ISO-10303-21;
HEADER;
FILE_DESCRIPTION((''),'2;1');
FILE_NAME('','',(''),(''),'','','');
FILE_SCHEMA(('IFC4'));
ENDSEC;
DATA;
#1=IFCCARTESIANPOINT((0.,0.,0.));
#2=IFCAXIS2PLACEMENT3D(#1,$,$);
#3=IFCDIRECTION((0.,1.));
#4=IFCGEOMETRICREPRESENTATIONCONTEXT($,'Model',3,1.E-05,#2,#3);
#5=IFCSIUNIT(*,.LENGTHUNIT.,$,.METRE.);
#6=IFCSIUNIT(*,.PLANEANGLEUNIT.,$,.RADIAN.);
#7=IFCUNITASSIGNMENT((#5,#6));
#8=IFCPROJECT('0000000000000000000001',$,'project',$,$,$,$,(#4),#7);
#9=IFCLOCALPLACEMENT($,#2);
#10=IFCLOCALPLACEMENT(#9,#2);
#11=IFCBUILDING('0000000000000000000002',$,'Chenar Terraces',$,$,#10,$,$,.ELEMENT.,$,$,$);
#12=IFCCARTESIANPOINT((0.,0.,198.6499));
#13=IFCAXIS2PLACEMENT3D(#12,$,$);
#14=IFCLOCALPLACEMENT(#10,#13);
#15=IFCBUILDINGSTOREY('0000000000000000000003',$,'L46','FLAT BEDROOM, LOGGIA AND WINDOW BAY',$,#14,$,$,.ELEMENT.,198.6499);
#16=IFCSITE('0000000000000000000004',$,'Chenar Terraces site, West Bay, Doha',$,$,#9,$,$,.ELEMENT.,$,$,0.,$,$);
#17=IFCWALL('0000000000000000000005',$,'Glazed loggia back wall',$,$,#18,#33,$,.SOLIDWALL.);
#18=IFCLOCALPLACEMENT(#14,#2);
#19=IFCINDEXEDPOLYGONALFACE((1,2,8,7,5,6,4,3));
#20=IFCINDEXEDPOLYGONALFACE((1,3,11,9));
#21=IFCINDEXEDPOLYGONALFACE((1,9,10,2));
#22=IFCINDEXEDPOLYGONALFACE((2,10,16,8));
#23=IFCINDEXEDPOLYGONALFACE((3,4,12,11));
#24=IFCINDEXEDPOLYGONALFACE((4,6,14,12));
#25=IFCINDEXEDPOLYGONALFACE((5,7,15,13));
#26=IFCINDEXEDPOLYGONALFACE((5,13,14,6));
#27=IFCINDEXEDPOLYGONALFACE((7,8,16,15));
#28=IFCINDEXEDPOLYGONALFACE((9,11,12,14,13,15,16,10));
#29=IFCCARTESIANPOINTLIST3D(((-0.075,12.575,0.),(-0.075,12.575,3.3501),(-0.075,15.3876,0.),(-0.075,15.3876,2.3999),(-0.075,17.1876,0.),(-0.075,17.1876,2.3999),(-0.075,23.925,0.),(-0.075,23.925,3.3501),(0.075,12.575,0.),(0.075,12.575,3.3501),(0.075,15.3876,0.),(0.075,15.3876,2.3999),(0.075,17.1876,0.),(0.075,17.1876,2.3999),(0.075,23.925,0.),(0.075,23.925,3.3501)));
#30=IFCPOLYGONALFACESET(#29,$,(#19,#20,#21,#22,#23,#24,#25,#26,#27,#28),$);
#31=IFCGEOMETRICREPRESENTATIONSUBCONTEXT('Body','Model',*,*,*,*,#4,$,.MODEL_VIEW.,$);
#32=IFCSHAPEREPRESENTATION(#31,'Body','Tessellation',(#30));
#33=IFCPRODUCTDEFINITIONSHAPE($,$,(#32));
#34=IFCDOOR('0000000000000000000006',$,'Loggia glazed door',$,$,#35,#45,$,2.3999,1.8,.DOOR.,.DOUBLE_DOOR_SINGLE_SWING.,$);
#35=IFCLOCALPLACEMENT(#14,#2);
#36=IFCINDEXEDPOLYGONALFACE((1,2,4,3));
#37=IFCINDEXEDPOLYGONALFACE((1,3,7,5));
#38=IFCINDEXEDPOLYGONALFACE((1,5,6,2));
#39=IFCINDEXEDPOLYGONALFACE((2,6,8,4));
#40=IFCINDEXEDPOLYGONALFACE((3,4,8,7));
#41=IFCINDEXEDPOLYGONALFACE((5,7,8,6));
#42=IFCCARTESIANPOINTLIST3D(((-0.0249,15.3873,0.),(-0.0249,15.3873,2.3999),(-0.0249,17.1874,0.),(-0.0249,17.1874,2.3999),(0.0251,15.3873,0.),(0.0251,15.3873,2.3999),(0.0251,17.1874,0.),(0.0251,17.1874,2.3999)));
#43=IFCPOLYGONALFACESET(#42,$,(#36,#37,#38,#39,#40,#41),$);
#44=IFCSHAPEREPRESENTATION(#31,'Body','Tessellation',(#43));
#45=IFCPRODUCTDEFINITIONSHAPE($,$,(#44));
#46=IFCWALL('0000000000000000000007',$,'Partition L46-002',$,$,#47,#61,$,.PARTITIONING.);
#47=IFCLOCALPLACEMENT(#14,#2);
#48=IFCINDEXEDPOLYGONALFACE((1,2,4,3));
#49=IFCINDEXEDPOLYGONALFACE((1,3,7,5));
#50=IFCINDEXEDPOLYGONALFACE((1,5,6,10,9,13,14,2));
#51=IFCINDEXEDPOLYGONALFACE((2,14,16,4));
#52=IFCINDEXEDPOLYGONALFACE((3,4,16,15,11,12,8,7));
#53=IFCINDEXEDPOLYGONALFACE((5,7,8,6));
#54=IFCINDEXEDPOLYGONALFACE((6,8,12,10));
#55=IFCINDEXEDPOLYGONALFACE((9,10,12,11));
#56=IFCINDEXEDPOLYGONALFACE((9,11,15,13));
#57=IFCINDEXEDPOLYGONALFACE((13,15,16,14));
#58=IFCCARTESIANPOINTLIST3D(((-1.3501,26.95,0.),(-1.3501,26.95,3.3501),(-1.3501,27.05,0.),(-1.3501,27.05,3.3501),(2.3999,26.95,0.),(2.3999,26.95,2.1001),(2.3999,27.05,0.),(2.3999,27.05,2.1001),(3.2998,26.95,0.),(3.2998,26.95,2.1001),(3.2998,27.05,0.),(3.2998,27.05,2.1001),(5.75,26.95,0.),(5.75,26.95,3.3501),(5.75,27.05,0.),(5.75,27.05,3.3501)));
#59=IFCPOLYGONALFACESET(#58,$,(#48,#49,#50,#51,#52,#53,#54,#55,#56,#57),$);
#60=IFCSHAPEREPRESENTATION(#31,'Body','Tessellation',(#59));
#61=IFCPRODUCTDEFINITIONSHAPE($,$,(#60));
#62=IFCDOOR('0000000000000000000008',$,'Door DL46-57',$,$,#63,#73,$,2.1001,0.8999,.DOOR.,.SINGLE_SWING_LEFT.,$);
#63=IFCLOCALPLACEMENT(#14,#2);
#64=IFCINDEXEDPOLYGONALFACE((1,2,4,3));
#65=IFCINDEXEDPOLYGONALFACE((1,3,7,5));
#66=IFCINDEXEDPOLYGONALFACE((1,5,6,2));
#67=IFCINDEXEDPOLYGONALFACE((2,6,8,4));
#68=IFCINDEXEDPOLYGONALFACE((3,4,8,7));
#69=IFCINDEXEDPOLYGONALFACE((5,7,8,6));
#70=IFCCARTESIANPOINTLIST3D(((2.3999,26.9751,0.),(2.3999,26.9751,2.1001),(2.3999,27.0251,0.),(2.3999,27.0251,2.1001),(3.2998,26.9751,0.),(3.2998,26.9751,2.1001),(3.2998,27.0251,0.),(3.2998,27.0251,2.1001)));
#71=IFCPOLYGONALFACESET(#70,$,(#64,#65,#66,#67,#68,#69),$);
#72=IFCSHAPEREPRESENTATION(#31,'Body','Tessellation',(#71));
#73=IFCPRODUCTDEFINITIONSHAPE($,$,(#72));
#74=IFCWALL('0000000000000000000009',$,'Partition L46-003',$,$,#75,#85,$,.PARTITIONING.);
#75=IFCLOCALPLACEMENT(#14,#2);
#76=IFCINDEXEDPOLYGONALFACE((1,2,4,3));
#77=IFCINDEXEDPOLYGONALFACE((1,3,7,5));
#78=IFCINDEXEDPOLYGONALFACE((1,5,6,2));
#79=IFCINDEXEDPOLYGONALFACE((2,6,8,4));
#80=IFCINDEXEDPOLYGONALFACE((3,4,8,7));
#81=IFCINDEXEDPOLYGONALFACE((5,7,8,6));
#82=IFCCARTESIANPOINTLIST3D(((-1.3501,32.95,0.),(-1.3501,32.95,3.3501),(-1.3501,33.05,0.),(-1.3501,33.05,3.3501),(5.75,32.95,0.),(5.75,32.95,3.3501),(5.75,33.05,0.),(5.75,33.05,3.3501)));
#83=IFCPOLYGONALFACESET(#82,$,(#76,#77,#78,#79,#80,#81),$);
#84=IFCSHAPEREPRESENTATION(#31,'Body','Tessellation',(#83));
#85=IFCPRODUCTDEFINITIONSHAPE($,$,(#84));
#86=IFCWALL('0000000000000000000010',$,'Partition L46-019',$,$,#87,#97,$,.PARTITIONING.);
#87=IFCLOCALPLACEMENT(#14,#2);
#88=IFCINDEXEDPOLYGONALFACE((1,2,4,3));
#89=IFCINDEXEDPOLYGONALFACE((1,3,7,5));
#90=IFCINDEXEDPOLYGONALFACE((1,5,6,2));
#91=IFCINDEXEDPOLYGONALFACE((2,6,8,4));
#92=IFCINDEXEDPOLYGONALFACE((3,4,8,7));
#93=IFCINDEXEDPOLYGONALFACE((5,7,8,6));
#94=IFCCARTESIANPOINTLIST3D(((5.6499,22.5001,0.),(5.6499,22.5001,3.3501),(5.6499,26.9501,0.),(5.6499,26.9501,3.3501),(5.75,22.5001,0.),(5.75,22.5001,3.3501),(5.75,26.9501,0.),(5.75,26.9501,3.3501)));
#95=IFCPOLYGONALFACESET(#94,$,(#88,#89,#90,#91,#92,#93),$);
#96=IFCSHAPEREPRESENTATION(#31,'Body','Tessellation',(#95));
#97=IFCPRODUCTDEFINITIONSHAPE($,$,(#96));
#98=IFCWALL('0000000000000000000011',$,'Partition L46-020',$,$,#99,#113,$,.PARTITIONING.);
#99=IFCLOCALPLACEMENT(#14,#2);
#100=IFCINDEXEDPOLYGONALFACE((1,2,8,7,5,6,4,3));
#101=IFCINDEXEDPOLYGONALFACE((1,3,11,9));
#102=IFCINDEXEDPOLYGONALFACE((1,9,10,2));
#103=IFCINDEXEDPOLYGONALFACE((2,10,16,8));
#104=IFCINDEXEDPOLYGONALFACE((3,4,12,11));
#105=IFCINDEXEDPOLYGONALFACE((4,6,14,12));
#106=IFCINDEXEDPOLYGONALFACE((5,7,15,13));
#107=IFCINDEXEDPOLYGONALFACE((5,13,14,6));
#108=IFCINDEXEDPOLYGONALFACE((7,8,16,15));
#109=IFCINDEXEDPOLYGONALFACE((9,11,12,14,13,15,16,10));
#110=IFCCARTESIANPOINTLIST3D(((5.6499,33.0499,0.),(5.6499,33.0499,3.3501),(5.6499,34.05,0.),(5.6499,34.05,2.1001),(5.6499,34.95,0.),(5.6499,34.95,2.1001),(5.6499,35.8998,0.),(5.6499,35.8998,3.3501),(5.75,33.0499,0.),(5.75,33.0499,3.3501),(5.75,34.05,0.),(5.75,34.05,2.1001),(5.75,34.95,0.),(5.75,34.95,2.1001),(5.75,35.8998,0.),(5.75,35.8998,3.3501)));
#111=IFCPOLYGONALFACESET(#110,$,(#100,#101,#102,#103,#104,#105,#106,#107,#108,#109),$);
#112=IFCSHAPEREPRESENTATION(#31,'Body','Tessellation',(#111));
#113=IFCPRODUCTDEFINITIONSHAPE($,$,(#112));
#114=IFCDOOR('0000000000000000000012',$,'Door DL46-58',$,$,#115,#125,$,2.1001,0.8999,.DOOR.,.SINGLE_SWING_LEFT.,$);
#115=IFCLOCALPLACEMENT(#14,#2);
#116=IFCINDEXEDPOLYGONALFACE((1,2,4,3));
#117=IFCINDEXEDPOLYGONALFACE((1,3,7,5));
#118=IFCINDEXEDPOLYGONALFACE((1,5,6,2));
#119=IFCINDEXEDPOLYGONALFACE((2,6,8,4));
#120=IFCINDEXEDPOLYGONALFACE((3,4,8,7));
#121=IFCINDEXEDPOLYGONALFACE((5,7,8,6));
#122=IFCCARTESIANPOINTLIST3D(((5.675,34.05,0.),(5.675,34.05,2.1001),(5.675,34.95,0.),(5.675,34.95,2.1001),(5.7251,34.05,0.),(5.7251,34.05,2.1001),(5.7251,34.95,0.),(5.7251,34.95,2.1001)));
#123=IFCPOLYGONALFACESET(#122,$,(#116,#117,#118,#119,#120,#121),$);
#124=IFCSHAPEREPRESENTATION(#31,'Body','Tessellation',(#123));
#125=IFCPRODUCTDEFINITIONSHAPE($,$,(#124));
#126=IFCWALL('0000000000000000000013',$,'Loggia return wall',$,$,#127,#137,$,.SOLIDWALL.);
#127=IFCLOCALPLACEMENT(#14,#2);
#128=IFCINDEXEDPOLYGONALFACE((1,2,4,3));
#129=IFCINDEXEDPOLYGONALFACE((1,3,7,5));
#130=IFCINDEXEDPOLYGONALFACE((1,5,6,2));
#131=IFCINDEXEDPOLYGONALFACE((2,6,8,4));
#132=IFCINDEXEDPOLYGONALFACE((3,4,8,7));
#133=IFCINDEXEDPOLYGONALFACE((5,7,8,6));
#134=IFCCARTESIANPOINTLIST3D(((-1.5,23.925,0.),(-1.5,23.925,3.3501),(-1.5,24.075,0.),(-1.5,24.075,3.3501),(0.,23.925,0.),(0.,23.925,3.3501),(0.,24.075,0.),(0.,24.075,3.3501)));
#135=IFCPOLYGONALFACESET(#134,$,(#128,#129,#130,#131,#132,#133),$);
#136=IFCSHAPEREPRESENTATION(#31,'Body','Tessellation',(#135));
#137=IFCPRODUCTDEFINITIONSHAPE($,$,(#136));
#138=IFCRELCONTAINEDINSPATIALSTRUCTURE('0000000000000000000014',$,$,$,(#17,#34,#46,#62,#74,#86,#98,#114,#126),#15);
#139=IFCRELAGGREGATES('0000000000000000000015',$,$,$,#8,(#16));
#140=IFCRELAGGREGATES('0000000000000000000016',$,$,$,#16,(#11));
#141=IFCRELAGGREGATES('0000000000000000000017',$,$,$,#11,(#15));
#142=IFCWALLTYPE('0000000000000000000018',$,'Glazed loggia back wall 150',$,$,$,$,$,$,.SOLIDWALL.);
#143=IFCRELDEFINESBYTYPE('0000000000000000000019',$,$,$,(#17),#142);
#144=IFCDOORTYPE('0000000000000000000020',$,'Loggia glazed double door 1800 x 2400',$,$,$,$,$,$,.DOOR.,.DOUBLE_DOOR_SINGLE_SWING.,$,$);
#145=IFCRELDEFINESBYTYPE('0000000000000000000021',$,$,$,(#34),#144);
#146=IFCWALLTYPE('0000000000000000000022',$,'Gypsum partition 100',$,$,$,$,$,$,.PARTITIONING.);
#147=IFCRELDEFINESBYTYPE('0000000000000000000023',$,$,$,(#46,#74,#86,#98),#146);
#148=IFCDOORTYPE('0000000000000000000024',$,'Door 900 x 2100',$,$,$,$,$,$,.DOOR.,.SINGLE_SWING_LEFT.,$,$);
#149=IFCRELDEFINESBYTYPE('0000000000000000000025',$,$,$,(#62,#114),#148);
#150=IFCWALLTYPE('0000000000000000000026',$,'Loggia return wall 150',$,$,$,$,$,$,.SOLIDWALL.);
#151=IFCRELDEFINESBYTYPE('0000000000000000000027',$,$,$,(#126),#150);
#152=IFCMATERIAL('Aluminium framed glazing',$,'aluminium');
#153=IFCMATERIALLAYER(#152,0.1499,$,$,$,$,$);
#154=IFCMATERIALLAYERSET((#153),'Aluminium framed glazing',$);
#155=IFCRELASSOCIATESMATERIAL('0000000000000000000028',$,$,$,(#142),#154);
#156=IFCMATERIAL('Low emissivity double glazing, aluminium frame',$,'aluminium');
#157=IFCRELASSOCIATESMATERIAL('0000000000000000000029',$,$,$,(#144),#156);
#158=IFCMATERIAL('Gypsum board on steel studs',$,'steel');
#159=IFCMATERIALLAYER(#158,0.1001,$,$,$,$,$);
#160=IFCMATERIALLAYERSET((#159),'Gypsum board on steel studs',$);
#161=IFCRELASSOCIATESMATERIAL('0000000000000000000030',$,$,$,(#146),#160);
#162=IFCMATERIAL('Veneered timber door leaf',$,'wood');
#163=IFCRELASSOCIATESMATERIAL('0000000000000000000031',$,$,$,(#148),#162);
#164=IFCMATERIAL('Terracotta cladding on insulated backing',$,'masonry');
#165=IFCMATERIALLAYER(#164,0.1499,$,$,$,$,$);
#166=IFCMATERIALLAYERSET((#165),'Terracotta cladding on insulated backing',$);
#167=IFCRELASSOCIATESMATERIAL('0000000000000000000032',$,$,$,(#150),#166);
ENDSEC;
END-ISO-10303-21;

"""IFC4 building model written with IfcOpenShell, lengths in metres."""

from ifc_helpers import new_model, si_unit, direction, frame, frame_2d, origin, place, context, subcontext, project, spatial, rectangle, extrude, material, layer, layer_set, type_object, element, fill, save


model = new_model("IFC4")

# Units and contexts
model_context = context("Model", 3, precision=1e-05, world=origin(), true_north=direction((0.0, 1.0)))
body_context = subcontext(model_context, "Body", "Model", "MODEL_VIEW")
ifc_project = project(units=[si_unit("LENGTHUNIT", "METRE"), si_unit("PLANEANGLEUNIT", "RADIAN")], contexts=[model_context])

# Site, building, storey
site_placement = place(None, origin())
site = spatial("IfcSite", under=ifc_project, at=site_placement, Name="Chenar Terraces site, West Bay, Doha", CompositionType="ELEMENT", RefElevation=0.0)
building_placement = place(site_placement, origin())
building = spatial("IfcBuilding", under=site, at=building_placement, Name="Chenar Terraces", CompositionType="ELEMENT")
storey_placement = place(building_placement, frame((0.0, 0.0, 198.6499)))
storey = spatial("IfcBuildingStorey", under=building, at=storey_placement, Name="L46", Description="FLAT BEDROOM, LOGGIA AND WINDOW BAY", CompositionType="ELEMENT", Elevation=198.6499)

# Walls, openings, doors
ifc_material_1 = material(Name="Aluminium framed glazing", Category="aluminium")
ifc_layer_1 = layer(ifc_material_1, 0.1499)
ifc_layer_set_1 = layer_set([ifc_layer_1], Name="Aluminium framed glazing")
wall_type_1 = type_object("IfcWallType", Name="Glazed loggia back wall 150", PredefinedType="SOLIDWALL", material=ifc_layer_set_1)
wall_1_placement = place(storey_placement, frame((0.0, 23.925, 0.0), z_axis=(0.0, 0.0, 1.0), x_axis=(0.0, -1.0, 0.0)))
wall_1 = element("IfcWall", 1, at=wall_1_placement, inside=storey, type_object=wall_type_1, Name="Glazed loggia back wall", PredefinedType="SOLIDWALL", context=body_context, shape_type="SweptSolid", body=[
    extrude(rectangle(XDim=11.3501, YDim=0.1499, at=frame_2d((5.675, 0.0))), origin(), (0.0, 0.0, 1.0), 3.3501),
])
opening_1_placement = place(wall_1_placement, frame((6.7375, 0.0, 0.0)))
opening_1 = element("IfcOpeningElement", 2, at=opening_1_placement, cuts=wall_1, PredefinedType="OPENING", context=body_context, shape_type="SweptSolid", body=[
    extrude(rectangle(XDim=1.8, YDim=2.3999, at=frame_2d((0.8999, 1.2))), frame((0.0, 0.085, 0.0), z_axis=(0.0, -1.0, 0.0), x_axis=(1.0, 0.0, 0.0)), (0.0, 0.0, 1.0), 0.1699),
])
ifc_material_2 = material(Name="Low emissivity double glazing, aluminium frame", Category="aluminium")
door_type_1 = type_object("IfcDoorType", Name="Loggia glazed double door 1800 x 2400", OperationType="DOUBLE_DOOR_SINGLE_SWING", PredefinedType="DOOR", material=ifc_material_2)
door_1_placement = place(opening_1_placement, frame((1.8, 0.0, 0.0), z_axis=(0.0, 0.0, 1.0), x_axis=(-1.0, 0.0, 0.0)))
door_1 = element("IfcDoor", 3, at=door_1_placement, inside=storey, type_object=door_type_1, Name="Loggia glazed door", OperationType="DOUBLE_DOOR_SINGLE_SWING", OverallHeight=2.3999, OverallWidth=1.8, PredefinedType="DOOR", context=body_context, shape_type="SweptSolid", body=[
    extrude(rectangle(XDim=1.8, YDim=2.3999, at=frame_2d((0.8999, 1.2))), frame((0.0, 0.0249, 0.0), z_axis=(0.0, -1.0, 0.0), x_axis=(1.0, 0.0, 0.0)), (0.0, 0.0, 1.0), 0.05),
])
fill(opening_1, door_1)
ifc_material_3 = material(Name="Gypsum board on steel studs", Category="steel")
ifc_layer_2 = layer(ifc_material_3, 0.1001)
ifc_layer_set_2 = layer_set([ifc_layer_2], Name="Gypsum board on steel studs")
wall_type_2 = type_object("IfcWallType", Name="Gypsum partition 100", PredefinedType="PARTITIONING", material=ifc_layer_set_2)
wall_2_placement = place(storey_placement, frame((-1.3501, 27.0, 0.0), z_axis=(0.0, 0.0, 1.0), x_axis=(1.0, 0.0, 0.0)))
wall_2 = element("IfcWall", 4, at=wall_2_placement, inside=storey, type_object=wall_type_2, Name="Partition L46-002", PredefinedType="PARTITIONING", context=body_context, shape_type="SweptSolid", body=[
    extrude(rectangle(XDim=7.1001, YDim=0.1001, at=frame_2d((3.55, 0.0))), origin(), (0.0, 0.0, 1.0), 3.3501),
])
opening_2_placement = place(wall_2_placement, frame((3.75, 0.0, 0.0)))
opening_2 = element("IfcOpeningElement", 5, at=opening_2_placement, cuts=wall_2, PredefinedType="OPENING", context=body_context, shape_type="SweptSolid", body=[
    extrude(rectangle(XDim=0.8999, YDim=2.1001, at=frame_2d((0.45, 1.05))), frame((0.0, 0.0601, 0.0), z_axis=(0.0, -1.0, 0.0), x_axis=(1.0, 0.0, 0.0)), (0.0, 0.0, 1.0), 0.1201),
])
ifc_material_4 = material(Name="Veneered timber door leaf", Category="wood")
door_type_2 = type_object("IfcDoorType", Name="Door 900 x 2100", OperationType="SINGLE_SWING_LEFT", PredefinedType="DOOR", material=ifc_material_4)
door_2_placement = place(opening_2_placement, frame((0.8999, 0.0, 0.0), z_axis=(0.0, 0.0, 1.0), x_axis=(-1.0, 0.0, 0.0)))
door_2 = element("IfcDoor", 6, at=door_2_placement, inside=storey, type_object=door_type_2, Name="Door DL46-57", OperationType="SINGLE_SWING_LEFT", OverallHeight=2.1001, OverallWidth=0.8999, PredefinedType="DOOR", context=body_context, shape_type="SweptSolid", body=[
    extrude(rectangle(XDim=0.8999, YDim=2.1001, at=frame_2d((0.45, 1.05))), frame((0.0, 0.0249, 0.0), z_axis=(0.0, -1.0, 0.0), x_axis=(1.0, 0.0, 0.0)), (0.0, 0.0, 1.0), 0.05),
])
fill(opening_2, door_2)

# Walls
wall_3_placement = place(storey_placement, frame((-1.3501, 33.0, 0.0), z_axis=(0.0, 0.0, 1.0), x_axis=(1.0, 0.0, 0.0)))
element("IfcWall", 7, at=wall_3_placement, inside=storey, type_object=wall_type_2, Name="Partition L46-003", PredefinedType="PARTITIONING", context=body_context, shape_type="SweptSolid", body=[
    extrude(rectangle(XDim=7.1001, YDim=0.1001, at=frame_2d((3.55, 0.0))), origin(), (0.0, 0.0, 1.0), 3.3501),
])
wall_4_placement = place(storey_placement, frame((5.7, 22.5, 0.0), z_axis=(0.0, 0.0, 1.0), x_axis=(0.0, 1.0, 0.0)))
element("IfcWall", 8, at=wall_4_placement, inside=storey, type_object=wall_type_2, Name="Partition L46-019", PredefinedType="PARTITIONING", context=body_context, shape_type="SweptSolid", body=[
    extrude(rectangle(XDim=4.45, YDim=0.1001, at=frame_2d((2.2251, 0.0))), origin(), (0.0, 0.0, 1.0), 3.3501),
])

# Wall, opening, door
wall_5_placement = place(storey_placement, frame((5.7, 33.05, 0.0), z_axis=(0.0, 0.0, 1.0), x_axis=(0.0, 1.0, 0.0)))
wall_5 = element("IfcWall", 9, at=wall_5_placement, inside=storey, type_object=wall_type_2, Name="Partition L46-020", PredefinedType="PARTITIONING", context=body_context, shape_type="SweptSolid", body=[
    extrude(rectangle(XDim=2.8499, YDim=0.1001, at=frame_2d((1.4248, 0.0))), origin(), (0.0, 0.0, 1.0), 3.3501),
])
opening_3_placement = place(wall_5_placement, frame((1.0, 0.0, 0.0)))
opening_3 = element("IfcOpeningElement", 10, at=opening_3_placement, cuts=wall_5, PredefinedType="OPENING", context=body_context, shape_type="SweptSolid", body=[
    extrude(rectangle(XDim=0.8999, YDim=2.1001, at=frame_2d((0.45, 1.05))), frame((0.0, 0.0601, 0.0), z_axis=(0.0, -1.0, 0.0), x_axis=(1.0, 0.0, 0.0)), (0.0, 0.0, 1.0), 0.1201),
])
door_3_placement = place(opening_3_placement, origin())
door_3 = element("IfcDoor", 11, at=door_3_placement, inside=storey, type_object=door_type_2, Name="Door DL46-58", OperationType="SINGLE_SWING_LEFT", OverallHeight=2.1001, OverallWidth=0.8999, PredefinedType="DOOR", context=body_context, shape_type="SweptSolid", body=[
    extrude(rectangle(XDim=0.8999, YDim=2.1001, at=frame_2d((0.45, 1.05))), frame((0.0, 0.0249, 0.0), z_axis=(0.0, -1.0, 0.0), x_axis=(1.0, 0.0, 0.0)), (0.0, 0.0, 1.0), 0.05),
])
fill(opening_3, door_3)

# Wall
ifc_material_5 = material(Name="Terracotta cladding on insulated backing", Category="masonry")
ifc_layer_3 = layer(ifc_material_5, 0.1499)
ifc_layer_set_3 = layer_set([ifc_layer_3], Name="Terracotta cladding on insulated backing")
wall_type_3 = type_object("IfcWallType", Name="Loggia return wall 150", PredefinedType="SOLIDWALL", material=ifc_layer_set_3)
wall_6_placement = place(storey_placement, frame((-1.5, 24.0, 0.0), z_axis=(0.0, 0.0, 1.0), x_axis=(1.0, 0.0, 0.0)))
element("IfcWall", 12, at=wall_6_placement, inside=storey, type_object=wall_type_3, Name="Loggia return wall", PredefinedType="SOLIDWALL", context=body_context, shape_type="SweptSolid", body=[
    extrude(rectangle(XDim=1.5, YDim=0.1499, at=frame_2d((0.75, 0.0))), origin(), (0.0, 0.0, 1.0), 3.3501),
])

save(model, "model.ifc")
